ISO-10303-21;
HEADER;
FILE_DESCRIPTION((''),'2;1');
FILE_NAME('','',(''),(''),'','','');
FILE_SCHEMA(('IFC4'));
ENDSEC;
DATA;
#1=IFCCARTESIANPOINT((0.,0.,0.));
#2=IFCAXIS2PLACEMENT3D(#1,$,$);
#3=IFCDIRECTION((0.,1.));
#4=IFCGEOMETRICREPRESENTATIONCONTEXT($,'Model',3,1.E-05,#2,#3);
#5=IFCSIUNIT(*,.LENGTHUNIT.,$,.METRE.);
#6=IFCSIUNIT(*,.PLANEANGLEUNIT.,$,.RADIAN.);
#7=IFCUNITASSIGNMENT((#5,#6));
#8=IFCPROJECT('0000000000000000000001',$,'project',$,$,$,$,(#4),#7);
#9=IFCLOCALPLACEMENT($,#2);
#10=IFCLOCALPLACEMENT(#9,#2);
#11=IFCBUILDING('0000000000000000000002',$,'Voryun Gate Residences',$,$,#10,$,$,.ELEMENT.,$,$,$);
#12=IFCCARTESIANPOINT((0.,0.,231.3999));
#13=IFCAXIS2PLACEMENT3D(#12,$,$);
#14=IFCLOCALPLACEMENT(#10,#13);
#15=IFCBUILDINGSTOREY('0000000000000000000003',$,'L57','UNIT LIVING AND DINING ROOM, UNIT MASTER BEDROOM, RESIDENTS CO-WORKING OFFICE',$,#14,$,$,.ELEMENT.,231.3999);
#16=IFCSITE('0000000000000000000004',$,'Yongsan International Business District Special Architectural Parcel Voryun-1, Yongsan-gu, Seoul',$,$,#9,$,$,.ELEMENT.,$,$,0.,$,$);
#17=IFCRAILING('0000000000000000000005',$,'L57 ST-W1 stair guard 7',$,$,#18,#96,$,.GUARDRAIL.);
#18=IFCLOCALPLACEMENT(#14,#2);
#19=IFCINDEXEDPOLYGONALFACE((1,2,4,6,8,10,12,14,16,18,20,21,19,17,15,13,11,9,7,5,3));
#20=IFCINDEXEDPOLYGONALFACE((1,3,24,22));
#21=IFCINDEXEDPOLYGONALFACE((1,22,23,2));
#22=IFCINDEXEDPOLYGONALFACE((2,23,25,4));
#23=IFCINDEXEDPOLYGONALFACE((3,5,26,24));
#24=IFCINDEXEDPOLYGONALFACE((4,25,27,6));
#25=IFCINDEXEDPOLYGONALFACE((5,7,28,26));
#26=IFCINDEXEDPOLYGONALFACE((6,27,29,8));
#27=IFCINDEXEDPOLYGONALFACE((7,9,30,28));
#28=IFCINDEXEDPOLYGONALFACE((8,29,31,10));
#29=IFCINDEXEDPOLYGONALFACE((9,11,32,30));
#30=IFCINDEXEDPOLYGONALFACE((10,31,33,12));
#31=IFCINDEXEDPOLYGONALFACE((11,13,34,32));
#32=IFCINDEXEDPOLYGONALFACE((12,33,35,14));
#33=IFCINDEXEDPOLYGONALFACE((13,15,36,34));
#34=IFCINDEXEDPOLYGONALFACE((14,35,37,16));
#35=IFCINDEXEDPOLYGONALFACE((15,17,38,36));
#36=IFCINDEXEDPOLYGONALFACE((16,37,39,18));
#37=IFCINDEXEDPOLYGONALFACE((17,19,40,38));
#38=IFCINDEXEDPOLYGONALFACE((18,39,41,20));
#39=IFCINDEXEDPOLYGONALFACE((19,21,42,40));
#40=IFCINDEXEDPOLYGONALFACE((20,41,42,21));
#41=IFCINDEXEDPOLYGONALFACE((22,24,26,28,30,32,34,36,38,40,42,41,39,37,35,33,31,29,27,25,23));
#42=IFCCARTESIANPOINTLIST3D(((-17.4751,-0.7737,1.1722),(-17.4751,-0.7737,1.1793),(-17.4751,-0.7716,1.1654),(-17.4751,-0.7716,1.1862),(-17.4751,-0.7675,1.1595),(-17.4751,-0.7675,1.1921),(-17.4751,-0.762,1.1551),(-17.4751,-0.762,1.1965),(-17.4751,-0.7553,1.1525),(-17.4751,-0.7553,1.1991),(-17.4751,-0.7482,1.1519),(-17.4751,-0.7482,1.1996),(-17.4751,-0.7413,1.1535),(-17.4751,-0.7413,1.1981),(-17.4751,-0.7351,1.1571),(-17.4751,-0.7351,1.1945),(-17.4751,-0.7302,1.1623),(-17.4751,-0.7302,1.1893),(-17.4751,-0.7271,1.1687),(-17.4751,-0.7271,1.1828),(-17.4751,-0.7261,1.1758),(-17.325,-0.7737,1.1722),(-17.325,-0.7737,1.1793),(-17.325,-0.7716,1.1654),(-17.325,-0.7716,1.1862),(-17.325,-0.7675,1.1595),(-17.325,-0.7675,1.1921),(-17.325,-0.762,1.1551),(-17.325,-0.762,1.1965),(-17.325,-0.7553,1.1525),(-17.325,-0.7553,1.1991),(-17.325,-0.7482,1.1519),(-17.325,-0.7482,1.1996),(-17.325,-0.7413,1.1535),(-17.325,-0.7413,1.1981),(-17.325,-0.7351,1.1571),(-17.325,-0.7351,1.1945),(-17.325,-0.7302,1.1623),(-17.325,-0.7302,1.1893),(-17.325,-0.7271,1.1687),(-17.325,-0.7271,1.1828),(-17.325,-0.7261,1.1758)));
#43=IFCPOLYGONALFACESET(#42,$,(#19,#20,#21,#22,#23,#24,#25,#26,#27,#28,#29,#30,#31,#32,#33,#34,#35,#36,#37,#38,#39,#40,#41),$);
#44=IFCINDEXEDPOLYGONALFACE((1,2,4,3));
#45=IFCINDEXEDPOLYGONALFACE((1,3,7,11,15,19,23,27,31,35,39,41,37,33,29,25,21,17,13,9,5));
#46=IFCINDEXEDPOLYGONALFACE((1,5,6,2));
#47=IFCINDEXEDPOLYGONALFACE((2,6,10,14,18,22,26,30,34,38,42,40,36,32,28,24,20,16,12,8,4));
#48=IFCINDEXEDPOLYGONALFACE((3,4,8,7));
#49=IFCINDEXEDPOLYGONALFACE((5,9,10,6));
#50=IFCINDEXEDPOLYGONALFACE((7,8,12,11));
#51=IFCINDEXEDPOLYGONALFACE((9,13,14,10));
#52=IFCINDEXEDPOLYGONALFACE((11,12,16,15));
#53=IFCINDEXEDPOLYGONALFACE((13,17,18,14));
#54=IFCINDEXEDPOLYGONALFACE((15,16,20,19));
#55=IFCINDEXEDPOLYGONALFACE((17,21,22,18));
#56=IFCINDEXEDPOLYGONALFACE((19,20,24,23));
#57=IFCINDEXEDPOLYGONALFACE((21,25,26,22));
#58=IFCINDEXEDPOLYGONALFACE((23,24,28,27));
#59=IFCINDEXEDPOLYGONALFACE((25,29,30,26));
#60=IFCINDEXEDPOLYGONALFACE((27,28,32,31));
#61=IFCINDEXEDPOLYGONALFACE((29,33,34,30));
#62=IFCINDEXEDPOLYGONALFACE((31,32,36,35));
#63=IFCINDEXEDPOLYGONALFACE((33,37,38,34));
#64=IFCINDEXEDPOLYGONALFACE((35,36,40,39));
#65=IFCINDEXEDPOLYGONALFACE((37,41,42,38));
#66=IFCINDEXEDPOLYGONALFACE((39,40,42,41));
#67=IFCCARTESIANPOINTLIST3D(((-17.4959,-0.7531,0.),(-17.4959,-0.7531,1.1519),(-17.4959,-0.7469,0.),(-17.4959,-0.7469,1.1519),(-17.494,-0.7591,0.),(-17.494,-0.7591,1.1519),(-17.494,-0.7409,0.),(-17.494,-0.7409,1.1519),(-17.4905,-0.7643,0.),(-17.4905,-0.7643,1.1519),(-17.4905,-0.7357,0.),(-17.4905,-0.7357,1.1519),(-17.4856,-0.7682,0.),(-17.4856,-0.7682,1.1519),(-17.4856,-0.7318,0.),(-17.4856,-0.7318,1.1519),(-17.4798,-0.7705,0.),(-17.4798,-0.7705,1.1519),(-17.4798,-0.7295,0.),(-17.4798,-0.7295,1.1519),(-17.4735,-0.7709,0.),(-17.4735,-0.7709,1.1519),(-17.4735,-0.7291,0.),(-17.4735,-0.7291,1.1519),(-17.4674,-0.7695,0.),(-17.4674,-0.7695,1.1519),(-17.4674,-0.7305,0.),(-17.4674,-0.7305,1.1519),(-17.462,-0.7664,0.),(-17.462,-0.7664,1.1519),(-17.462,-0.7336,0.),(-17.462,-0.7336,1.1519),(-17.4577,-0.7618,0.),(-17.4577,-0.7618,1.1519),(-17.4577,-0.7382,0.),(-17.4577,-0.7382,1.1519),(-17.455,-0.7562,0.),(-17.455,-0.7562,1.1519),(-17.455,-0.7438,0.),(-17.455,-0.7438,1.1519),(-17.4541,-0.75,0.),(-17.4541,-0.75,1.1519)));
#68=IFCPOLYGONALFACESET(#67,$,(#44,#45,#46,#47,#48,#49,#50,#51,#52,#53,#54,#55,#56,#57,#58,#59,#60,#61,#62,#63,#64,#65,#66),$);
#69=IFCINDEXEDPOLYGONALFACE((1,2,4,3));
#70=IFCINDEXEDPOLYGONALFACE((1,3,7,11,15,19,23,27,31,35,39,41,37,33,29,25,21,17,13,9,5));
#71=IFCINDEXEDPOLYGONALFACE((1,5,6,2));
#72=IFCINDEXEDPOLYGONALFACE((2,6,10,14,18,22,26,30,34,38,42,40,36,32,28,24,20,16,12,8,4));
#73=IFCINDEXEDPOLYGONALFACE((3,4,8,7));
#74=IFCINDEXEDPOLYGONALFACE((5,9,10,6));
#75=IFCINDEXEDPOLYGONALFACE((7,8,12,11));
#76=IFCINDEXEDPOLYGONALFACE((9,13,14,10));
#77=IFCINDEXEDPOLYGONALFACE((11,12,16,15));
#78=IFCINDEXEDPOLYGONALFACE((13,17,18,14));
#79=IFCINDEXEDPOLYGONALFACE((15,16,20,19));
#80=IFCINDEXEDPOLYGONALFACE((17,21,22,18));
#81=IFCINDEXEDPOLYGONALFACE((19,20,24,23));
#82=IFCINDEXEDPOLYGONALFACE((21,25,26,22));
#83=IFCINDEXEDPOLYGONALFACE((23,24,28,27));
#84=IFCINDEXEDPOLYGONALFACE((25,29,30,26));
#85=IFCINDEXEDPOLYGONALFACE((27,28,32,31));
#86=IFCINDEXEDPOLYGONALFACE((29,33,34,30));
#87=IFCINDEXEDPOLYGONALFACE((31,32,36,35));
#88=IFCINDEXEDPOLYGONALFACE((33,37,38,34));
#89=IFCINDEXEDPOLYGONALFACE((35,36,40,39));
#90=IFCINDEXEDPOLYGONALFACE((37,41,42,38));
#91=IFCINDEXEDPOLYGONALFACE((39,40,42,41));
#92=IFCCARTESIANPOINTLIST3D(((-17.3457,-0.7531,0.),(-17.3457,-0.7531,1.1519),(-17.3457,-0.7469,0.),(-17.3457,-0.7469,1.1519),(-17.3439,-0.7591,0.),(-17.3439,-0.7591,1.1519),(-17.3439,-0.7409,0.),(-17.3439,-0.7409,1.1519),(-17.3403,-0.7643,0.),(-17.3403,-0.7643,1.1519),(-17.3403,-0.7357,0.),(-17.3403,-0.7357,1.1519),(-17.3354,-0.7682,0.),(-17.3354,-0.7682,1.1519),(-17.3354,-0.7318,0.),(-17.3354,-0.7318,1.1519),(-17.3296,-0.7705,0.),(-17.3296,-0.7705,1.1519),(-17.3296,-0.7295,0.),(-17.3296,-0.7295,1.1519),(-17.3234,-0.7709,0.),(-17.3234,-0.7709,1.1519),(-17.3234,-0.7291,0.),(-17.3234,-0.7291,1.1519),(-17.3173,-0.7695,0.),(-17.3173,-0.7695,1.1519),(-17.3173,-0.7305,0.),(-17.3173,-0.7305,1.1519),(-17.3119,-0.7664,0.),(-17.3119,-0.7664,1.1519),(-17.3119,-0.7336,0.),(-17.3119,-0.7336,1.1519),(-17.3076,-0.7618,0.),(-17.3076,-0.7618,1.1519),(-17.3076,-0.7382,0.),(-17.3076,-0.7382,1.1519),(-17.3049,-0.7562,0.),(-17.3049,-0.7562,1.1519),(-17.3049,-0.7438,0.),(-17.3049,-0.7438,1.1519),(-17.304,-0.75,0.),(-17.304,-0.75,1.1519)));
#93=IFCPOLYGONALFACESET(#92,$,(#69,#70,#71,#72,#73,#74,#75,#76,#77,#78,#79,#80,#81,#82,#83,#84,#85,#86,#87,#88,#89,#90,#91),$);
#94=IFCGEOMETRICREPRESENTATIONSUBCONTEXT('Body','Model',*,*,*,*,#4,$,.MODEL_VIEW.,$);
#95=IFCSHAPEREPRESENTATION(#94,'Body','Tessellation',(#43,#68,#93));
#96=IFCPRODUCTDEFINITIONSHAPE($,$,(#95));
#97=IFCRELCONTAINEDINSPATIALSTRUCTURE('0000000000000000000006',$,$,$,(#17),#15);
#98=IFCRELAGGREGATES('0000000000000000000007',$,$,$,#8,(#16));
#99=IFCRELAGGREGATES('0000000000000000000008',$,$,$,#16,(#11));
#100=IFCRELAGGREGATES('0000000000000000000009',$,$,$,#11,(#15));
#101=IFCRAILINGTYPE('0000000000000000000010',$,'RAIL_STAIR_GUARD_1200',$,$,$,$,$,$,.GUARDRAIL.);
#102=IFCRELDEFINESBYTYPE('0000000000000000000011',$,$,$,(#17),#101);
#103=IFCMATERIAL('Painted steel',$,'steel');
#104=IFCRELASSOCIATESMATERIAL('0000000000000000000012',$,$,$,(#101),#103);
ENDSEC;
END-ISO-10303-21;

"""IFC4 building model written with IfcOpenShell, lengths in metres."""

from ifc_helpers import new_model, si_unit, direction, frame, origin, origin_2d, place, context, subcontext, project, spatial, circle, extrude, material, type_object, element, save


model = new_model("IFC4")

# Units and contexts
model_context = context("Model", 3, precision=1e-05, world=origin(), true_north=direction((0.0, 1.0)))
body_context = subcontext(model_context, "Body", "Model", "MODEL_VIEW")
ifc_project = project(units=[si_unit("LENGTHUNIT", "METRE"), si_unit("PLANEANGLEUNIT", "RADIAN")], contexts=[model_context])

# Site, building, storey
site_placement = place(None, origin())
site = spatial("IfcSite", under=ifc_project, at=site_placement, Name="Yongsan International Business District Special Architectural Parcel Voryun-1, Yongsan-gu, Seoul", CompositionType="ELEMENT", RefElevation=0.0)
building_placement = place(site_placement, origin())
building = spatial("IfcBuilding", under=site, at=building_placement, Name="Voryun Gate Residences", CompositionType="ELEMENT")
storey_placement = place(building_placement, frame((0.0, 0.0, 231.3999)))
storey = spatial("IfcBuildingStorey", under=building, at=storey_placement, Name="L57", Description="UNIT LIVING AND DINING ROOM, UNIT MASTER BEDROOM, RESIDENTS CO-WORKING OFFICE", CompositionType="ELEMENT", Elevation=231.3999)

# Railing
ifc_material_1 = material(Name="Painted steel", Category="steel")
railing_type_1 = type_object("IfcRailingType", Name="RAIL_STAIR_GUARD_1200", PredefinedType="GUARDRAIL", material=ifc_material_1)
railing_1_placement = place(storey_placement, frame((-17.4751, -0.75, 0.0)))
element("IfcRailing", 1, at=railing_1_placement, inside=storey, type_object=railing_type_1, Name="L57 ST-W1 stair guard 7", PredefinedType="GUARDRAIL", context=body_context, shape_type="SweptSolid", body=[
    extrude(circle(Radius=0.0239, at=origin_2d()), frame((0.0, 0.0, 1.1758), z_axis=(1.0, 0.0, 0.0), x_axis=(0.0, 1.0, 0.0)), (0.0, 0.0, 1.0), 0.1501),
    extrude(circle(Radius=0.021, at=origin_2d()), origin(), (0.0, 0.0, 1.0), 1.1519),
    extrude(circle(Radius=0.021, at=origin_2d()), frame((0.1501, 0.0, 0.0)), (0.0, 0.0, 1.0), 1.1519),
])

save(model, "model.ifc")
